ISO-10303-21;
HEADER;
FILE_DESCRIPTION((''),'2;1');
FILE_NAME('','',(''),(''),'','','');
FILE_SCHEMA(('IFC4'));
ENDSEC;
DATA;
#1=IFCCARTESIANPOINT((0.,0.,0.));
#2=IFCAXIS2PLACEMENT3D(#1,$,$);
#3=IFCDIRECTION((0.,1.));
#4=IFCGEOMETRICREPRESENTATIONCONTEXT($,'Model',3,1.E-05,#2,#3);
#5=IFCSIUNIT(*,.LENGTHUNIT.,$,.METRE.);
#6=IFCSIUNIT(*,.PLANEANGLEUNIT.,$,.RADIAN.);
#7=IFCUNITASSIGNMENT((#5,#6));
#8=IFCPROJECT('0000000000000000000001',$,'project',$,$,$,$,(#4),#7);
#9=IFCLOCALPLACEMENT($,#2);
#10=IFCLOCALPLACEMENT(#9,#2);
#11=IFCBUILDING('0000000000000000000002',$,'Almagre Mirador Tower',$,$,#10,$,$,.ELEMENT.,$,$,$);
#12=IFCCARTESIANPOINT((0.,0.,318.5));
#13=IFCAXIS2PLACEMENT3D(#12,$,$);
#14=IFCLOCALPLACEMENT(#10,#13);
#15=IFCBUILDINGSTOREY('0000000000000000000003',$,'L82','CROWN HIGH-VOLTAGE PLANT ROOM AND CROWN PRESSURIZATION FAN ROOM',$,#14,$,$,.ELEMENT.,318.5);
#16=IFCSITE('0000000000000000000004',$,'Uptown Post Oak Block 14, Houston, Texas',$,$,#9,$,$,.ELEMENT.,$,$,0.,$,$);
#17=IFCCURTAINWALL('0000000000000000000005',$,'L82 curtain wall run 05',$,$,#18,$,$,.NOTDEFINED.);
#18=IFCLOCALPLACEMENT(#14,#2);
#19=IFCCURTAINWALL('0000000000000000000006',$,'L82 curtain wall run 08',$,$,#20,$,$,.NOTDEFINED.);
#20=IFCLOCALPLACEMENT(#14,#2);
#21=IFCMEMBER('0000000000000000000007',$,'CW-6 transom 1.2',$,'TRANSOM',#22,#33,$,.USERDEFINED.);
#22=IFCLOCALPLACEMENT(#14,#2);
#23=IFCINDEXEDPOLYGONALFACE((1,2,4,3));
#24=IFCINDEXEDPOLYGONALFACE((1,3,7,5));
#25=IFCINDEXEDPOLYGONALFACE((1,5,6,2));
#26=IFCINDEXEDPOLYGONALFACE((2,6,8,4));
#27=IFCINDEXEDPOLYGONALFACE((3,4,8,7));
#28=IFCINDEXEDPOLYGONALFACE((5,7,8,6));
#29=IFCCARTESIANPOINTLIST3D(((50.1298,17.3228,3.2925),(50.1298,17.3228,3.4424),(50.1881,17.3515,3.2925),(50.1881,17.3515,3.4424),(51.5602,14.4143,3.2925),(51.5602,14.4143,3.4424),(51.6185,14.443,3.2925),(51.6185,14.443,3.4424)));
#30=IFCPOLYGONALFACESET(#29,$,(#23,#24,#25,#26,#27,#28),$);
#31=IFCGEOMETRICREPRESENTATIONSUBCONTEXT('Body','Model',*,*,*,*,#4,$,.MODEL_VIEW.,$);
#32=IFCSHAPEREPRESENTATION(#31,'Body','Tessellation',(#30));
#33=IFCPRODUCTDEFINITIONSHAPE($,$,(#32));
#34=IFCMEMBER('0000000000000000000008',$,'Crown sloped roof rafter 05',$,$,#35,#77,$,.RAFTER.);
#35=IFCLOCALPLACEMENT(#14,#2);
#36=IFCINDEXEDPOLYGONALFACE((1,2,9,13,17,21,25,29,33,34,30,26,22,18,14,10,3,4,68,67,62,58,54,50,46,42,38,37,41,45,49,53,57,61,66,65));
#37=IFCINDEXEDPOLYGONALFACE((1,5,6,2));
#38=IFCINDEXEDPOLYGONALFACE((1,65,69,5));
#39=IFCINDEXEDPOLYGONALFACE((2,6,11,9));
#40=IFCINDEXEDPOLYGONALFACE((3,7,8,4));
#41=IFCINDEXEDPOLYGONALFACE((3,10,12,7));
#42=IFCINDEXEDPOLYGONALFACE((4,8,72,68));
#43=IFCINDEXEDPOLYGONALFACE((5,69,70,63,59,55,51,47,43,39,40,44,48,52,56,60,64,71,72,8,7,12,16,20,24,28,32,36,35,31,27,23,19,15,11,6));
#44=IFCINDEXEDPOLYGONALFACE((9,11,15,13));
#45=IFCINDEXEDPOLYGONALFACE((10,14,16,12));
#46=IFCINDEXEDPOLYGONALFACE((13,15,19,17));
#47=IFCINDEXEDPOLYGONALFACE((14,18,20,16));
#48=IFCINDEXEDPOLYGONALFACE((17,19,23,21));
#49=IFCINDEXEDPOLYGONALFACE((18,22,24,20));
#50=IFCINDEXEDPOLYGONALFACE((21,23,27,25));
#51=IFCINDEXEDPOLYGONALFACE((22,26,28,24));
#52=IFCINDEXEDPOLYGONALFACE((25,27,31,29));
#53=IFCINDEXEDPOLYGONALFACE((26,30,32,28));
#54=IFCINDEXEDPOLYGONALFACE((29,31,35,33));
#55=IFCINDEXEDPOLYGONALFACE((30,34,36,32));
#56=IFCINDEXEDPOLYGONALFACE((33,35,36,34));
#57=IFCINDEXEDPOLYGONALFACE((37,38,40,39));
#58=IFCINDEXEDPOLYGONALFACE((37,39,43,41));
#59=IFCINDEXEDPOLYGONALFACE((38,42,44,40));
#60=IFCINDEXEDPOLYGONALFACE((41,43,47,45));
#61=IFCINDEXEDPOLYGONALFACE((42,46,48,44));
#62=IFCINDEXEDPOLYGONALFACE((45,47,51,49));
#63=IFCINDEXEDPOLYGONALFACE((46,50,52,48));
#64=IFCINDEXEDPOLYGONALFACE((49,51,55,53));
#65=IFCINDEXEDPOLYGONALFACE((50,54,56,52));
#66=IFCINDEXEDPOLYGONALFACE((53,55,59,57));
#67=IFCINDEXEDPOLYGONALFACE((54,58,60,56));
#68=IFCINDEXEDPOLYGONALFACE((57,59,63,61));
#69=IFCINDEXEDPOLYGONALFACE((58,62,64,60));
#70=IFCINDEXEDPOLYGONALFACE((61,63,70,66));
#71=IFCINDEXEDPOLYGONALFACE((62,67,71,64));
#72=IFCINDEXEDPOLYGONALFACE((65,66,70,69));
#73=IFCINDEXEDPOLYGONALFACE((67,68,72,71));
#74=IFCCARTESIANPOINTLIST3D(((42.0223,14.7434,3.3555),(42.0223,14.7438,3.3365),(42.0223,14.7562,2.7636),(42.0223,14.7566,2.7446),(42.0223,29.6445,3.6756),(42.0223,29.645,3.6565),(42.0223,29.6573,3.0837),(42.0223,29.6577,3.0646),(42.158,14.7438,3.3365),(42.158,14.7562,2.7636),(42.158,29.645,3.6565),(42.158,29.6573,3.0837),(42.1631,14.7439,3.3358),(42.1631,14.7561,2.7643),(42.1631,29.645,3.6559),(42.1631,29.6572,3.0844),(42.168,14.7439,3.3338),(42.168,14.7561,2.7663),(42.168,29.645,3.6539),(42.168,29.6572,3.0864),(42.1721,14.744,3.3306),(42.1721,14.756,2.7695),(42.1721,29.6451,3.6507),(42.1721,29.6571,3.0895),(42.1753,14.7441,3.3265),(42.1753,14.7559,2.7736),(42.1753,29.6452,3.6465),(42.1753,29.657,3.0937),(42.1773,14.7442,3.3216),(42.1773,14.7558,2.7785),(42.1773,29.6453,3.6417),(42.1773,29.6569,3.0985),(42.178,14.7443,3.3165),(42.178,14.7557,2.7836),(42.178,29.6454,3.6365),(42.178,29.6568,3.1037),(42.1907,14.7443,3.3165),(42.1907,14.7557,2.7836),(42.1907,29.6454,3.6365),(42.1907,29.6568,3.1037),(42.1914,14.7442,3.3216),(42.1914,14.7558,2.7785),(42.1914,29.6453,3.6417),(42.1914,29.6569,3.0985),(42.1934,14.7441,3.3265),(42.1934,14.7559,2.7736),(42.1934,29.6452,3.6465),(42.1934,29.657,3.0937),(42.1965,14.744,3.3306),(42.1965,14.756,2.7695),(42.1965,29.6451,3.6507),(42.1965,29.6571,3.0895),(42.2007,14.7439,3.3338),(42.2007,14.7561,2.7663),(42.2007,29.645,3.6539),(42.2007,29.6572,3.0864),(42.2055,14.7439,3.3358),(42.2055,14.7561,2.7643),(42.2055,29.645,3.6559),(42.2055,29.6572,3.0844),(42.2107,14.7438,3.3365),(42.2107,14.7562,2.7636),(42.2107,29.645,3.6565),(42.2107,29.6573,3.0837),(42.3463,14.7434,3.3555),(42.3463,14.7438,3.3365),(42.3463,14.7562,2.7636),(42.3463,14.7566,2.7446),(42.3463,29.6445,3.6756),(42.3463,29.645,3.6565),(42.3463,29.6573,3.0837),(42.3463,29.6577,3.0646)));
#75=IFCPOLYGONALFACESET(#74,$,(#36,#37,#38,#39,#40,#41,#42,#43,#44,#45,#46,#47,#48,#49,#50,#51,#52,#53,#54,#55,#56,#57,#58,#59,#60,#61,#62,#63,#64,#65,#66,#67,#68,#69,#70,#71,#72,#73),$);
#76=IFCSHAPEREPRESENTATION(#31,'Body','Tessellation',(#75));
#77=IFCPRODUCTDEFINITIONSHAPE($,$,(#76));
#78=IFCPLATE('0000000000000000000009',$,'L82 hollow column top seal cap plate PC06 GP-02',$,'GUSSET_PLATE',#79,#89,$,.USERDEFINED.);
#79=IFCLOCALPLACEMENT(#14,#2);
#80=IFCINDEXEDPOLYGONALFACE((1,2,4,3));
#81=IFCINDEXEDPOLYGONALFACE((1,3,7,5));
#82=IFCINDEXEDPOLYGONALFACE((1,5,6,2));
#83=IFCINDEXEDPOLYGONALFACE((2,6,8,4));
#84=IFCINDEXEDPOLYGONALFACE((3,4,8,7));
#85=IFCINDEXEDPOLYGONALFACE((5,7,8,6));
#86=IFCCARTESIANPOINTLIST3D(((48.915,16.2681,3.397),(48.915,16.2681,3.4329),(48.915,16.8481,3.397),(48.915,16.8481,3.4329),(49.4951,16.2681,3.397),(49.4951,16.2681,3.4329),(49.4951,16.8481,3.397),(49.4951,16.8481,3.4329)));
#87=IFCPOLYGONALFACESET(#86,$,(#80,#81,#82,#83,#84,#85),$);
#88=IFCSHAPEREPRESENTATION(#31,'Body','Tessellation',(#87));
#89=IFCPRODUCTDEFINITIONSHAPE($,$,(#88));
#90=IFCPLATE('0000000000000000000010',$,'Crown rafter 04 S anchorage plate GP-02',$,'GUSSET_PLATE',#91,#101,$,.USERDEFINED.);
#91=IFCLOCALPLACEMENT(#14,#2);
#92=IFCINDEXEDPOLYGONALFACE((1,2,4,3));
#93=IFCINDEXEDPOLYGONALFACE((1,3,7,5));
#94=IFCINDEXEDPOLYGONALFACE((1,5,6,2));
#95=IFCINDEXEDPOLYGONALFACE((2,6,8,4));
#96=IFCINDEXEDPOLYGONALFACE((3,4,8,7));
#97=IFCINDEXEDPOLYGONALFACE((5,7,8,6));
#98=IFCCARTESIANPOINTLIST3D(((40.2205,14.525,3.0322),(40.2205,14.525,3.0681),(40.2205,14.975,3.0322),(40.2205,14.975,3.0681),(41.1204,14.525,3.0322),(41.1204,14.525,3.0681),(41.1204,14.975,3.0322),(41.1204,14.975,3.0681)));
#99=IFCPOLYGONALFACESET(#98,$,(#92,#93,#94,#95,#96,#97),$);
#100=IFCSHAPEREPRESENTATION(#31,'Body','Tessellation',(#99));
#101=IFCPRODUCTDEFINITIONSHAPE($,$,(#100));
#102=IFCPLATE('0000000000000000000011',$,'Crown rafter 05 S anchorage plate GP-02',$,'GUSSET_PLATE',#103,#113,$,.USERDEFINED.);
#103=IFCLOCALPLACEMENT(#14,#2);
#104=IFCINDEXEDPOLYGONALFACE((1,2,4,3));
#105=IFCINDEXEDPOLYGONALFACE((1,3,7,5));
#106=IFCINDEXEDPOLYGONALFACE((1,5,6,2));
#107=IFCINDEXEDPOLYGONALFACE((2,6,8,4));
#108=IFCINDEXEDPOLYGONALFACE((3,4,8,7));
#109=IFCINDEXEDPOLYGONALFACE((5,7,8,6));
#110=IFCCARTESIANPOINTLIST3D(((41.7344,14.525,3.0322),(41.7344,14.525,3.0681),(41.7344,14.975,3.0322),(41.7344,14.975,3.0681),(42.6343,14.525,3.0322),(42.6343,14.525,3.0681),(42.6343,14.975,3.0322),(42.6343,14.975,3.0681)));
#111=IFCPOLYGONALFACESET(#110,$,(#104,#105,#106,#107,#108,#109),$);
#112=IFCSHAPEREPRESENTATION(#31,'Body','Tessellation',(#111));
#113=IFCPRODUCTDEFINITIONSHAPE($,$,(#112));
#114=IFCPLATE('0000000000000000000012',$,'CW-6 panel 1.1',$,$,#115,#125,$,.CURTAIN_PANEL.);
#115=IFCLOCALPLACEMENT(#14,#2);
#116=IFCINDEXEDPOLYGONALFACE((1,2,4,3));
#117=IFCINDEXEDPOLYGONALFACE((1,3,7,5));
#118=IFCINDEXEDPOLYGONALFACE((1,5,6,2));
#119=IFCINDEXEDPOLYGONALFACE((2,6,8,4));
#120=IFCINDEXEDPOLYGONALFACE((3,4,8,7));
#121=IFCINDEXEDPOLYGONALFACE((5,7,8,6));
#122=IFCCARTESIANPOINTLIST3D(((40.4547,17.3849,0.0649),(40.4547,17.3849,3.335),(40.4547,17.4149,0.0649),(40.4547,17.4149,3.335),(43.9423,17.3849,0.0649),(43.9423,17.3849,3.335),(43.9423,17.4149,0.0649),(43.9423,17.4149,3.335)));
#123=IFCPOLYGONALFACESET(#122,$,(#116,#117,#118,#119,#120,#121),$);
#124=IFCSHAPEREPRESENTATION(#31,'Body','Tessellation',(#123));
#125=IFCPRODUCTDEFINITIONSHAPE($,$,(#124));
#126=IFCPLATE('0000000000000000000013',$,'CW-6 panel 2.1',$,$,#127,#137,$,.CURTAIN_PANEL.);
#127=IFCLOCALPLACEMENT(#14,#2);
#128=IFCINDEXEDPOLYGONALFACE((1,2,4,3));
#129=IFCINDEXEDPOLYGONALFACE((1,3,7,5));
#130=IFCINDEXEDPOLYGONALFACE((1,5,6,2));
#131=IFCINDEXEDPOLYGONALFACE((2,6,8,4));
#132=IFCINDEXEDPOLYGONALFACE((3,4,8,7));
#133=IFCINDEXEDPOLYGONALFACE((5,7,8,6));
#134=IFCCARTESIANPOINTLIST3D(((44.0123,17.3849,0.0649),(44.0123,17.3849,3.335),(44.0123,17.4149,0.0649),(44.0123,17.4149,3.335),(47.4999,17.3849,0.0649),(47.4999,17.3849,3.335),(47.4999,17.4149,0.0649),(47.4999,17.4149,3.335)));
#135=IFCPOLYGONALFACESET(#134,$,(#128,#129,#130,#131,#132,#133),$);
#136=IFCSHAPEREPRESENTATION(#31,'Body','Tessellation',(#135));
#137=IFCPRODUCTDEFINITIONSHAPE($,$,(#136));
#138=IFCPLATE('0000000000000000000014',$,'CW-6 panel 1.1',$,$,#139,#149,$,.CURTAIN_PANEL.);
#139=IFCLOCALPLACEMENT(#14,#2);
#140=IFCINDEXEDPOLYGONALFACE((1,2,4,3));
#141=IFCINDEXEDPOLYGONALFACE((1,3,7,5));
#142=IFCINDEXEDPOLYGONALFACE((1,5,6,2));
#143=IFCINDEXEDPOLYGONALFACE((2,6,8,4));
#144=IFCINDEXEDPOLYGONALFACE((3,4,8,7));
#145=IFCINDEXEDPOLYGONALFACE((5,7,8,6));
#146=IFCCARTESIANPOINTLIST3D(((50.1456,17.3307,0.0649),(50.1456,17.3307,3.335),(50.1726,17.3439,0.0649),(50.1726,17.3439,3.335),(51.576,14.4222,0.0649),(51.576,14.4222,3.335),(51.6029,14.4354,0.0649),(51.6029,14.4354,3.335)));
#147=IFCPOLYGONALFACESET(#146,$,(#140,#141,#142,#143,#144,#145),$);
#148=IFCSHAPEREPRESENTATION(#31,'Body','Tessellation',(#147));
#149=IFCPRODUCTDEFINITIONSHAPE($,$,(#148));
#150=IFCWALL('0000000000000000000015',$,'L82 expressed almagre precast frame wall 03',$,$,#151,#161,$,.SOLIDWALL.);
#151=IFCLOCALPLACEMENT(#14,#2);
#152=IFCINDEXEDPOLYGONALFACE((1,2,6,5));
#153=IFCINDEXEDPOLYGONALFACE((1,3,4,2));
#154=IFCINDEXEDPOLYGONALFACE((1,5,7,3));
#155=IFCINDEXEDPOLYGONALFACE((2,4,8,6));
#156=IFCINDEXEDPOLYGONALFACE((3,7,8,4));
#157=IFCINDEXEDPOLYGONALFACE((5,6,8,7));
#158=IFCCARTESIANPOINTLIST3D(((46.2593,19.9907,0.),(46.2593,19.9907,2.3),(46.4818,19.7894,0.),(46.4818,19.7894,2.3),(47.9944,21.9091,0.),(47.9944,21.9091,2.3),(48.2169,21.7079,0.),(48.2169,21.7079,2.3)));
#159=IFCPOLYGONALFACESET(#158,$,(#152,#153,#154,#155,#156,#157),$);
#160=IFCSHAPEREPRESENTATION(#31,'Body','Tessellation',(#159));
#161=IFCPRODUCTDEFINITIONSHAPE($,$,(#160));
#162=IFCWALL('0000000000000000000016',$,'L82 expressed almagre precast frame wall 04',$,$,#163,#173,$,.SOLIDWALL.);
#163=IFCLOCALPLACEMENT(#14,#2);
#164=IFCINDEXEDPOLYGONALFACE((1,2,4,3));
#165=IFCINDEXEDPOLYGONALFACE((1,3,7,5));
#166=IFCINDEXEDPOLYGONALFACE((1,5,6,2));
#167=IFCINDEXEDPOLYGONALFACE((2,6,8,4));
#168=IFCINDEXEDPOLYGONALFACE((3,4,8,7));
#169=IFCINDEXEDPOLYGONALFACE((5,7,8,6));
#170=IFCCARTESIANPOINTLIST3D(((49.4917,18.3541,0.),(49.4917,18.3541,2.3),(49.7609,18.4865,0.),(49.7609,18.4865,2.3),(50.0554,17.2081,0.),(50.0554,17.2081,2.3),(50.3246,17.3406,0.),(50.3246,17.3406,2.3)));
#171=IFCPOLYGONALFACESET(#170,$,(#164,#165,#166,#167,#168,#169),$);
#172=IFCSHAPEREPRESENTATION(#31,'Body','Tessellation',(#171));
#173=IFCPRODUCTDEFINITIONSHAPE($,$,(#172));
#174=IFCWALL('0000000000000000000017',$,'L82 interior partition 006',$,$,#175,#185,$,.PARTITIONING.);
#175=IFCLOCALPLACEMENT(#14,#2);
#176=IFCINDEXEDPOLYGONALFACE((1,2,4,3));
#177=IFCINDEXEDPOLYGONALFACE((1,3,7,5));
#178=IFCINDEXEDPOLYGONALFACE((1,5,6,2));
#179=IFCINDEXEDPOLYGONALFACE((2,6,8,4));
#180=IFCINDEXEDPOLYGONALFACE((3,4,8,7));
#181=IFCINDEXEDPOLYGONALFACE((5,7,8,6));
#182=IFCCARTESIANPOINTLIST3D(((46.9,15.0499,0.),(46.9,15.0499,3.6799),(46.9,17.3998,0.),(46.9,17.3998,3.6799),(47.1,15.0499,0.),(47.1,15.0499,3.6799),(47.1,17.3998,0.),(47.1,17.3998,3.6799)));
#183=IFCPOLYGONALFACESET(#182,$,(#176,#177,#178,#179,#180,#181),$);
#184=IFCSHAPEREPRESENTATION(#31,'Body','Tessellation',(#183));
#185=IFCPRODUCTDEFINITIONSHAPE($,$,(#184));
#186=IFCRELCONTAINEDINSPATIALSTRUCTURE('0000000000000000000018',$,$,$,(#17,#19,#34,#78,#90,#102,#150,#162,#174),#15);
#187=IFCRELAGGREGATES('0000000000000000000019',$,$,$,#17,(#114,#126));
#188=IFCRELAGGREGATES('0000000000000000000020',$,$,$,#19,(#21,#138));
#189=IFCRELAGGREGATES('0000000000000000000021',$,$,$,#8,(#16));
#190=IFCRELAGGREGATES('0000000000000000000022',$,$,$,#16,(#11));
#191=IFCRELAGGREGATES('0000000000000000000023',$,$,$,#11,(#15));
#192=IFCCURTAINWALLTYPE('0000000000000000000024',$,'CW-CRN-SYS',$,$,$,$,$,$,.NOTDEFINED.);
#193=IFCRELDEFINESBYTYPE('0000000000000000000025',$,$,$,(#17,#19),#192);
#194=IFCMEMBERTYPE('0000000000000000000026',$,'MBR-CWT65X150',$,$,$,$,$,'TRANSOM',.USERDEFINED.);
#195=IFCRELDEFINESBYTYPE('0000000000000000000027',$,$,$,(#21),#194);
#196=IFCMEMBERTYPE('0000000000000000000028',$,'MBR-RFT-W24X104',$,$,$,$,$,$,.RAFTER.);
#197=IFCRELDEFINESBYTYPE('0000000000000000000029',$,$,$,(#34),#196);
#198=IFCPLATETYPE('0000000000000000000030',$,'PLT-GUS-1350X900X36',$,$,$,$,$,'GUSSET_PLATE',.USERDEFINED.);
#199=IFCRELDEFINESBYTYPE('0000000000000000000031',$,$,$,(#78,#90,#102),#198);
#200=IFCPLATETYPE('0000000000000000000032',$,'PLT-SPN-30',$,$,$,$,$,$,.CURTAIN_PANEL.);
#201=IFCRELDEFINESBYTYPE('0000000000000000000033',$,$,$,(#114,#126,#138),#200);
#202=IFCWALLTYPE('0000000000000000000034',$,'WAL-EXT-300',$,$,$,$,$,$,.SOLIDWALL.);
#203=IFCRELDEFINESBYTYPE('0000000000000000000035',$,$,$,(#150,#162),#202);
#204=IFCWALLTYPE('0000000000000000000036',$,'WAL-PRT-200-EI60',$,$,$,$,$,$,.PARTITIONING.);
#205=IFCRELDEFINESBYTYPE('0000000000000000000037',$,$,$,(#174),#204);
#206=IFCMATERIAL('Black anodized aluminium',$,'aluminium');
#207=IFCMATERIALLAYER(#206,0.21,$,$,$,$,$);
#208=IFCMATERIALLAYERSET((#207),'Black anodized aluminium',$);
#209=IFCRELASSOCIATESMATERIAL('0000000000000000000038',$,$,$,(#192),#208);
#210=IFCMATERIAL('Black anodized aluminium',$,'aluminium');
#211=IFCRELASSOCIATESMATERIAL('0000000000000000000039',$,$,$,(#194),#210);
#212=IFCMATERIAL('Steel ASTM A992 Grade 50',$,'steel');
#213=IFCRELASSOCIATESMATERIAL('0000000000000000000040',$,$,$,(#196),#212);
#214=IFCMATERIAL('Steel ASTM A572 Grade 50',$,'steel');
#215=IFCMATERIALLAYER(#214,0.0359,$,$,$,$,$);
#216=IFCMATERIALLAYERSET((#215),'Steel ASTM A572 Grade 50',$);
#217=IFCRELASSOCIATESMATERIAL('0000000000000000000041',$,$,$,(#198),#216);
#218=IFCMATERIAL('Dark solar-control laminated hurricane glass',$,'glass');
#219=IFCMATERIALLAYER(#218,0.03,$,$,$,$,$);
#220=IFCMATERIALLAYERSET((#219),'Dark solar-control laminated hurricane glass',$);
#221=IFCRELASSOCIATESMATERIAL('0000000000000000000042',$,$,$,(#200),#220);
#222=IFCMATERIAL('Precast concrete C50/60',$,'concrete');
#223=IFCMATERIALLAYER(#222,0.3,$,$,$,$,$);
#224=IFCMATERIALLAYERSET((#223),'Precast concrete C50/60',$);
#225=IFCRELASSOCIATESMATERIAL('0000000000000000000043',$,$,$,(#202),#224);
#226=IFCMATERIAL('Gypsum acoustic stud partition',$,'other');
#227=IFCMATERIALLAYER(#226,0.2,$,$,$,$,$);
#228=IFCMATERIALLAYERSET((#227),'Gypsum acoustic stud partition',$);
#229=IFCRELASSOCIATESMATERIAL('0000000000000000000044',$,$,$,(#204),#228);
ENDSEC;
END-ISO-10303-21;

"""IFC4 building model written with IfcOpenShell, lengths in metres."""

from ifc_helpers import new_model, si_unit, direction, frame, frame_2d, origin, origin_2d, place, context, subcontext, project, spatial, rectangle, i_section, extrude, material, layer, layer_set, material_profile, profile_set, type_object, element, aggregate, save


model = new_model("IFC4")

# Units and contexts
model_context = context("Model", 3, precision=1e-05, world=origin(), true_north=direction((0.0, 1.0)))
body_context = subcontext(model_context, "Body", "Model", "MODEL_VIEW")
ifc_project = project(units=[si_unit("LENGTHUNIT", "METRE"), si_unit("PLANEANGLEUNIT", "RADIAN")], contexts=[model_context])

# Site, building, storey
site_placement = place(None, origin())
site = spatial("IfcSite", under=ifc_project, at=site_placement, Name="Uptown Post Oak Block 14, Houston, Texas", CompositionType="ELEMENT", RefElevation=0.0)
building_placement = place(site_placement, origin())
building = spatial("IfcBuilding", under=site, at=building_placement, Name="Almagre Mirador Tower", CompositionType="ELEMENT")
storey_placement = place(building_placement, frame((0.0, 0.0, 318.5)))
storey = spatial("IfcBuildingStorey", under=building, at=storey_placement, Name="L82", Description="CROWN HIGH-VOLTAGE PLANT ROOM AND CROWN PRESSURIZATION FAN ROOM", CompositionType="ELEMENT", Elevation=318.5)

# Shared definitions
ifc_material_1 = material(Name="Black anodized aluminium", Category="aluminium")
ifc_layer_1 = layer(ifc_material_1, 0.21)
ifc_layer_set_1 = layer_set([ifc_layer_1], Name="Black anodized aluminium")
curtain_wall_type = type_object("IfcCurtainWallType", Name="CW-CRN-SYS", PredefinedType="NOTDEFINED", material=ifc_layer_set_1)

# Curtain wall
curtain_wall_1_placement = place(storey_placement, origin())
curtain_wall_1 = element("IfcCurtainWall", 1, at=curtain_wall_1_placement, inside=storey, type_object=curtain_wall_type, Name="L82 curtain wall run 05", PredefinedType="NOTDEFINED")

# Curtain wall
curtain_wall_2_placement = place(storey_placement, origin())
curtain_wall_2 = element("IfcCurtainWall", 2, at=curtain_wall_2_placement, inside=storey, type_object=curtain_wall_type, Name="L82 curtain wall run 08", PredefinedType="NOTDEFINED")

# Members
ifc_material_2 = material(Name="Black anodized aluminium", Category="aluminium")
ifc_material_profile_1 = material_profile(ifc_material_2, rectangle(XDim=0.0649, YDim=0.1499, at=origin_2d()), Name="CWT65X150")
ifc_profile_set_1 = profile_set([ifc_material_profile_1], Name="Black anodized aluminium")
member_type_1 = type_object("IfcMemberType", Name="MBR-CWT65X150", ElementType="TRANSOM", PredefinedType="USERDEFINED", material=ifc_profile_set_1)
member_1_placement = place(storey_placement, frame((50.1589, 17.3372, 3.3674), z_axis=(0.441329, -0.897346, 0.0), x_axis=(0.897346, 0.441329, 0.0)))
member_1 = element("IfcMember", 3, at=member_1_placement, type_object=member_type_1, Name="CW-6 transom 1.2", ObjectType="TRANSOM", PredefinedType="USERDEFINED", context=body_context, shape_type="SweptSolid", body=[
    extrude(rectangle(XDim=0.0649, YDim=0.1499, at=origin_2d()), origin(), (0.0, 0.0, 1.0), 3.2412),
])
ifc_material_3 = material(Name="Steel ASTM A992 Grade 50", Category="steel")
ifc_material_profile_2 = material_profile(ifc_material_3, i_section(OverallWidth=0.324, OverallDepth=0.6111, WebThickness=0.0127, FlangeThickness=0.019, FilletRadius=0.02, at=origin_2d()), Name="W24X104")
ifc_profile_set_2 = profile_set([ifc_material_profile_2], Name="Steel ASTM A992 Grade 50")
member_type_2 = type_object("IfcMemberType", Name="MBR-RFT-W24X104", PredefinedType="RAFTER", material=ifc_profile_set_2)
member_2_placement = place(storey_placement, frame((42.1843, 14.75, 3.05), z_axis=(0.0, 0.999769, 0.021475), x_axis=(-1.0, 0.0, 0.0)))
element("IfcMember", 4, at=member_2_placement, inside=storey, type_object=member_type_2, Name="Crown sloped roof rafter 05", PredefinedType="RAFTER", context=body_context, shape_type="SweptSolid", body=[
    extrude(i_section(OverallWidth=0.324, OverallDepth=0.6111, WebThickness=0.0127, FlangeThickness=0.019, FilletRadius=0.02, at=origin_2d()), origin(), (0.0, 0.0, 1.0), 14.9045),
])

# Plates
ifc_material_4 = material(Name="Steel ASTM A572 Grade 50", Category="steel")
ifc_layer_2 = layer(ifc_material_4, 0.0359)
ifc_layer_set_2 = layer_set([ifc_layer_2], Name="Steel ASTM A572 Grade 50")
plate_type_1 = type_object("IfcPlateType", Name="PLT-GUS-1350X900X36", ElementType="GUSSET_PLATE", PredefinedType="USERDEFINED", material=ifc_layer_set_2)
plate_1_placement = place(storey_placement, frame((49.2051, 16.5581, 3.397), z_axis=(0.0, 0.0, 1.0), x_axis=(1.0, 0.0, 0.0)))
element("IfcPlate", 5, at=plate_1_placement, inside=storey, type_object=plate_type_1, Name="L82 hollow column top seal cap plate PC06 GP-02", ObjectType="GUSSET_PLATE", PredefinedType="USERDEFINED", context=body_context, shape_type="SweptSolid", body=[
    extrude(rectangle(XDim=0.5801, YDim=0.5801, at=origin_2d()), origin(), (0.0, 0.0, 1.0), 0.0359),
])
for number, where, z_axis, x_axis, name in (
    (6, (40.6704, 14.75, 3.0322), (0.0, 0.0, 1.0), (1.0, 0.0, 0.0), "Crown rafter 04 S anchorage plate GP-02"),
    (7, (42.1843, 14.75, 3.0322), (0.0, 0.0, 1.0), (1.0, 0.0, 0.0), "Crown rafter 05 S anchorage plate GP-02"),
):
    element("IfcPlate", number, at=place(storey_placement, frame(where, z_axis=z_axis, x_axis=x_axis)), inside=storey, type_object=plate_type_1, Name=name, ObjectType="GUSSET_PLATE", PredefinedType="USERDEFINED", context=body_context, shape_type="SweptSolid", body=[
        extrude(rectangle(XDim=0.8999, YDim=0.45, at=origin_2d()), origin(), (0.0, 0.0, 1.0), 0.0359),
    ])

# Plates
ifc_material_5 = material(Name="Dark solar-control laminated hurricane glass", Category="glass")
ifc_layer_3 = layer(ifc_material_5, 0.03)
ifc_layer_set_3 = layer_set([ifc_layer_3], Name="Dark solar-control laminated hurricane glass")
plate_type_2 = type_object("IfcPlateType", Name="PLT-SPN-30", PredefinedType="CURTAIN_PANEL", material=ifc_layer_set_3)
plate_2_placement = place(storey_placement, frame((42.1985, 17.3999, 0.0649), z_axis=(0.0, 0.0, 1.0), x_axis=(1.0, 0.0, 0.0)))
plate_2 = element("IfcPlate", 8, at=plate_2_placement, type_object=plate_type_2, Name="CW-6 panel 1.1", PredefinedType="CURTAIN_PANEL", context=body_context, shape_type="SweptSolid", body=[
    extrude(rectangle(XDim=3.4875, YDim=0.03, at=origin_2d()), origin(), (0.0, 0.0, 1.0), 3.27),
])
plate_3_placement = place(storey_placement, frame((45.7561, 17.3999, 0.0649), z_axis=(0.0, 0.0, 1.0), x_axis=(1.0, 0.0, 0.0)))
plate_3 = element("IfcPlate", 9, at=plate_3_placement, type_object=plate_type_2, Name="CW-6 panel 2.1", PredefinedType="CURTAIN_PANEL", context=body_context, shape_type="SweptSolid", body=[
    extrude(rectangle(XDim=3.4875, YDim=0.03, at=origin_2d()), origin(), (0.0, 0.0, 1.0), 3.27),
])
aggregate(curtain_wall_1, [plate_2, plate_3])
plate_4_placement = place(storey_placement, frame((50.8743, 15.8831, 0.0649), z_axis=(0.0, 0.0, 1.0), x_axis=(0.441311, -0.897354, 0.0)))
plate_4 = element("IfcPlate", 10, at=plate_4_placement, type_object=plate_type_2, Name="CW-6 panel 1.1", PredefinedType="CURTAIN_PANEL", context=body_context, shape_type="SweptSolid", body=[
    extrude(rectangle(XDim=3.2412, YDim=0.03, at=origin_2d()), origin(), (0.0, 0.0, 1.0), 3.27),
])
aggregate(curtain_wall_2, [member_1, plate_4])

# Walls
ifc_material_6 = material(Name="Precast concrete C50/60", Category="concrete")
ifc_layer_4 = layer(ifc_material_6, 0.3)
ifc_layer_set_4 = layer_set([ifc_layer_4], Name="Precast concrete C50/60")
wall_type_1 = type_object("IfcWallType", Name="WAL-EXT-300", PredefinedType="SOLIDWALL", material=ifc_layer_set_4)
wall_1_placement = place(storey_placement, frame((48.1057, 21.8086, 0.0), z_axis=(0.0, 0.0, 1.0), x_axis=(-0.670777, -0.741659, 0.0)))
element("IfcWall", 11, at=wall_1_placement, inside=storey, type_object=wall_type_1, Name="L82 expressed almagre precast frame wall 03", PredefinedType="SOLIDWALL", context=body_context, shape_type="SweptSolid", body=[
    extrude(rectangle(XDim=2.5867, YDim=0.3, at=frame_2d((1.2935, 0.0))), origin(), (0.0, 0.0, 1.0), 2.3),
])
wall_2_placement = place(storey_placement, frame((49.6262, 18.4204, 0.0), z_axis=(0.0, 0.0, 1.0), x_axis=(0.441393, -0.897314, 0.0)))
element("IfcWall", 12, at=wall_2_placement, inside=storey, type_object=wall_type_1, Name="L82 expressed almagre precast frame wall 04", PredefinedType="SOLIDWALL", context=body_context, shape_type="SweptSolid", body=[
    extrude(rectangle(XDim=1.2771, YDim=0.3, at=frame_2d((0.6387, 0.0))), origin(), (0.0, 0.0, 1.0), 2.3),
])
ifc_material_7 = material(Name="Gypsum acoustic stud partition", Category="other")
ifc_layer_5 = layer(ifc_material_7, 0.2)
ifc_layer_set_5 = layer_set([ifc_layer_5], Name="Gypsum acoustic stud partition")
wall_type_2 = type_object("IfcWallType", Name="WAL-PRT-200-EI60", PredefinedType="PARTITIONING", material=ifc_layer_set_5)
wall_3_placement = place(storey_placement, frame((47.0, 15.05, 0.0), z_axis=(0.0, 0.0, 1.0), x_axis=(0.0, 1.0, 0.0)))
element("IfcWall", 13, at=wall_3_placement, inside=storey, type_object=wall_type_2, Name="L82 interior partition 006", PredefinedType="PARTITIONING", context=body_context, shape_type="SweptSolid", body=[
    extrude(rectangle(XDim=2.3499, YDim=0.2, at=frame_2d((1.1748, 0.0))), origin(), (0.0, 0.0, 1.0), 3.6799),
])

save(model, "model.ifc")
